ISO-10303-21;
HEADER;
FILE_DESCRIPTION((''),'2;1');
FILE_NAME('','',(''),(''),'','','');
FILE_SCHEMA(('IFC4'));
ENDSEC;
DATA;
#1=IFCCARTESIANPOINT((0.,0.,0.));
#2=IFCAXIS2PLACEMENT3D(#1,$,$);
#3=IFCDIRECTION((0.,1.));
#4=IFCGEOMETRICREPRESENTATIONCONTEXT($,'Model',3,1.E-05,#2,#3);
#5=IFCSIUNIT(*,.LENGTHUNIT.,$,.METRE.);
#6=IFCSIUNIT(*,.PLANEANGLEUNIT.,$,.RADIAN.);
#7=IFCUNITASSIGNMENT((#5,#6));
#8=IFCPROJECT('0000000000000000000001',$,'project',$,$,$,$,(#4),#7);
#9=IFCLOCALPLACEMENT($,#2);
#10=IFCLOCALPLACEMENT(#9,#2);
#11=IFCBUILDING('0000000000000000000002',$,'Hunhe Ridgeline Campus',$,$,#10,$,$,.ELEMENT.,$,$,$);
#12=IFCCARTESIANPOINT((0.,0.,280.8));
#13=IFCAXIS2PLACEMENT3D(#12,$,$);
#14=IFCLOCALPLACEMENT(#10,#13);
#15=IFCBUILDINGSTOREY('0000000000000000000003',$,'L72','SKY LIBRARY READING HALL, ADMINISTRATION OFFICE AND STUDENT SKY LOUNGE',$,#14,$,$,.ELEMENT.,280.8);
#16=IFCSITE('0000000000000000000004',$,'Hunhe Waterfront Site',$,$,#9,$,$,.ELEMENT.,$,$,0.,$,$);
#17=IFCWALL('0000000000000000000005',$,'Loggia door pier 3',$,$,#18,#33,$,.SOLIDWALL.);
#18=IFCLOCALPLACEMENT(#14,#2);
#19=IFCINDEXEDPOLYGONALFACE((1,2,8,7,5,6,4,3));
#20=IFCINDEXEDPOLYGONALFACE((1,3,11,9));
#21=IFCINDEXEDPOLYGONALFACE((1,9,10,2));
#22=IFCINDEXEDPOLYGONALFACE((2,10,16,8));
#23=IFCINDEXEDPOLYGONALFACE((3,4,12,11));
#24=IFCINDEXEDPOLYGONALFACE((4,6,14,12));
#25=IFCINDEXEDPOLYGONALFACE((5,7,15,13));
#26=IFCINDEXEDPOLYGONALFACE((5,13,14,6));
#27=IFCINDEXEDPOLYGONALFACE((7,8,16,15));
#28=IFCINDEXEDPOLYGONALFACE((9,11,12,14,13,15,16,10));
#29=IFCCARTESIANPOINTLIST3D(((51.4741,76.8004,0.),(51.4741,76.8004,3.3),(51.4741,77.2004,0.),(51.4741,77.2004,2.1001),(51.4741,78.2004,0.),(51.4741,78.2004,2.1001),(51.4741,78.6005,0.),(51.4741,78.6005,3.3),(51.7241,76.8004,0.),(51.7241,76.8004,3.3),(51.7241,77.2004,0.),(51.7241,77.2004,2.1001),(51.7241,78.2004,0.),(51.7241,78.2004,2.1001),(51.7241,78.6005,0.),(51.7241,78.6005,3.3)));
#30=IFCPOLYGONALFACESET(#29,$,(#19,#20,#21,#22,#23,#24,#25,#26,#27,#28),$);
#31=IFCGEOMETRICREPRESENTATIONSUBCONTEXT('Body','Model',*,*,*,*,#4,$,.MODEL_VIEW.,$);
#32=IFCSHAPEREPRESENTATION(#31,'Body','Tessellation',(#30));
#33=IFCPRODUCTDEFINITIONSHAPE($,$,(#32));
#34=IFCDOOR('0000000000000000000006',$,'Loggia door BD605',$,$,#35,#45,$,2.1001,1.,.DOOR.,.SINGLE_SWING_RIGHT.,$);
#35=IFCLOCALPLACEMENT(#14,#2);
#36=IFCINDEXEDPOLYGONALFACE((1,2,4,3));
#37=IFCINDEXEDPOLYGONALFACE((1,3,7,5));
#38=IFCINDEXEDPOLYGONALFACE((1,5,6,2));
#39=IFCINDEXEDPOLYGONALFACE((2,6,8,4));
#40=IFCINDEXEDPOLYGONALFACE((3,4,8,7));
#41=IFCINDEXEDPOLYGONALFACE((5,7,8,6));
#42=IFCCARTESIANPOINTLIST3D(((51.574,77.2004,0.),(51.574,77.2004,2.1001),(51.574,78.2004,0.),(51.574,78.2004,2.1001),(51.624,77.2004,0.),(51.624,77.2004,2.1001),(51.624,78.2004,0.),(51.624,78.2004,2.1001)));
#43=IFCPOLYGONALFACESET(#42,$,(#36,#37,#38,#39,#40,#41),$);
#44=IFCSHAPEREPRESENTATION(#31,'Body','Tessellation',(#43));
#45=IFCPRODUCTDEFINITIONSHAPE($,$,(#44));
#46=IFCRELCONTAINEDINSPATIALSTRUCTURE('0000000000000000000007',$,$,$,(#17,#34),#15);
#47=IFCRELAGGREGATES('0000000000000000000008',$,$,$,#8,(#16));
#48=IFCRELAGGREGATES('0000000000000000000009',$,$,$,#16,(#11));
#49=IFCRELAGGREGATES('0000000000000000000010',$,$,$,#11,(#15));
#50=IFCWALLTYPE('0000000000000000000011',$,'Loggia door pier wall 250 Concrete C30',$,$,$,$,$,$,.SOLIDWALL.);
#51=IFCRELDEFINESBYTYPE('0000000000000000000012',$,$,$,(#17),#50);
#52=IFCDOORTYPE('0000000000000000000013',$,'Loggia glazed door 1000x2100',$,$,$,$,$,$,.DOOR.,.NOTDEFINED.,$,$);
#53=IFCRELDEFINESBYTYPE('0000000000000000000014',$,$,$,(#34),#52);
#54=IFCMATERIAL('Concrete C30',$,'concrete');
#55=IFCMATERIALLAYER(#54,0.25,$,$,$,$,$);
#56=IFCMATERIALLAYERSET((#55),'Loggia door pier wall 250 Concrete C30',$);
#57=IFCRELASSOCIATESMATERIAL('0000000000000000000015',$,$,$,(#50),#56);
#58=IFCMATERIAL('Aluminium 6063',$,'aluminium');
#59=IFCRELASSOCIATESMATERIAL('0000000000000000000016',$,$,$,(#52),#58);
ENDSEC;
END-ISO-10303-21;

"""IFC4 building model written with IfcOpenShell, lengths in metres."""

from ifc_helpers import new_model, si_unit, direction, frame, frame_2d, origin, place, context, subcontext, project, spatial, rectangle, extrude, material, layer, layer_set, type_object, element, fill, save


model = new_model("IFC4")

# Units and contexts
model_context = context("Model", 3, precision=1e-05, world=origin(), true_north=direction((0.0, 1.0)))
body_context = subcontext(model_context, "Body", "Model", "MODEL_VIEW")
ifc_project = project(units=[si_unit("LENGTHUNIT", "METRE"), si_unit("PLANEANGLEUNIT", "RADIAN")], contexts=[model_context])

# Site, building, storey
site_placement = place(None, origin())
site = spatial("IfcSite", under=ifc_project, at=site_placement, Name="Hunhe Waterfront Site", CompositionType="ELEMENT", RefElevation=0.0)
building_placement = place(site_placement, origin())
building = spatial("IfcBuilding", under=site, at=building_placement, Name="Hunhe Ridgeline Campus", CompositionType="ELEMENT")
storey_placement = place(building_placement, frame((0.0, 0.0, 280.8)))
storey = spatial("IfcBuildingStorey", under=building, at=storey_placement, Name="L72", Description="SKY LIBRARY READING HALL, ADMINISTRATION OFFICE AND STUDENT SKY LOUNGE", CompositionType="ELEMENT", Elevation=280.8)

# Shared definitions
ifc_material_1 = material(Name="Aluminium 6063", Category="aluminium")

# Wall, opening, door
ifc_material_2 = material(Name="Concrete C30", Category="concrete")
ifc_layer_1 = layer(ifc_material_2, 0.25)
ifc_layer_set_1 = layer_set([ifc_layer_1], Name="Loggia door pier wall 250 Concrete C30")
wall_type_1 = type_object("IfcWallType", Name="Loggia door pier wall 250 Concrete C30", PredefinedType="SOLIDWALL", material=ifc_layer_set_1)
wall_1_placement = place(storey_placement, frame((51.5991, 76.8005, 0.0), z_axis=(0.0, 0.0, 1.0), x_axis=(0.0, 1.0, 0.0)))
wall_1 = element("IfcWall", 1, at=wall_1_placement, inside=storey, type_object=wall_type_1, Name="Loggia door pier 3", PredefinedType="SOLIDWALL", context=body_context, shape_type="SweptSolid", body=[
    extrude(rectangle(XDim=1.8, YDim=0.25, at=frame_2d((0.8999, 0.0))), origin(), (0.0, 0.0, 1.0), 3.3),
])
opening_1_placement = place(wall_1_placement, frame((0.3999, 0.0, 0.0)))
opening_1 = element("IfcOpeningElement", 2, at=opening_1_placement, cuts=wall_1, PredefinedType="OPENING", context=body_context, shape_type="SweptSolid", body=[
    extrude(rectangle(XDim=1.0, YDim=2.1001, at=frame_2d((0.5, 1.05))), frame((0.0, 0.125, 0.0), z_axis=(0.0, -1.0, 0.0), x_axis=(1.0, 0.0, 0.0)), (0.0, 0.0, 1.0), 0.25),
])
door_type_1 = type_object("IfcDoorType", Name="Loggia glazed door 1000x2100", OperationType="NOTDEFINED", PredefinedType="DOOR", material=ifc_material_1)
door_1_placement = place(opening_1_placement, frame((1.0, 0.0, 0.0), z_axis=(0.0, 0.0, 1.0), x_axis=(-1.0, 0.0, 0.0)))
door_1 = element("IfcDoor", 3, at=door_1_placement, inside=storey, type_object=door_type_1, Name="Loggia door BD605", OperationType="SINGLE_SWING_RIGHT", OverallHeight=2.1001, OverallWidth=1.0, PredefinedType="DOOR", context=body_context, shape_type="SweptSolid", body=[
    extrude(rectangle(XDim=1.0, YDim=2.1001, at=frame_2d((0.5, 1.05))), frame((0.0, 0.0249, 0.0), z_axis=(0.0, -1.0, 0.0), x_axis=(1.0, 0.0, 0.0)), (0.0, 0.0, 1.0), 0.05),
])
fill(opening_1, door_1)

save(model, "model.ifc")
